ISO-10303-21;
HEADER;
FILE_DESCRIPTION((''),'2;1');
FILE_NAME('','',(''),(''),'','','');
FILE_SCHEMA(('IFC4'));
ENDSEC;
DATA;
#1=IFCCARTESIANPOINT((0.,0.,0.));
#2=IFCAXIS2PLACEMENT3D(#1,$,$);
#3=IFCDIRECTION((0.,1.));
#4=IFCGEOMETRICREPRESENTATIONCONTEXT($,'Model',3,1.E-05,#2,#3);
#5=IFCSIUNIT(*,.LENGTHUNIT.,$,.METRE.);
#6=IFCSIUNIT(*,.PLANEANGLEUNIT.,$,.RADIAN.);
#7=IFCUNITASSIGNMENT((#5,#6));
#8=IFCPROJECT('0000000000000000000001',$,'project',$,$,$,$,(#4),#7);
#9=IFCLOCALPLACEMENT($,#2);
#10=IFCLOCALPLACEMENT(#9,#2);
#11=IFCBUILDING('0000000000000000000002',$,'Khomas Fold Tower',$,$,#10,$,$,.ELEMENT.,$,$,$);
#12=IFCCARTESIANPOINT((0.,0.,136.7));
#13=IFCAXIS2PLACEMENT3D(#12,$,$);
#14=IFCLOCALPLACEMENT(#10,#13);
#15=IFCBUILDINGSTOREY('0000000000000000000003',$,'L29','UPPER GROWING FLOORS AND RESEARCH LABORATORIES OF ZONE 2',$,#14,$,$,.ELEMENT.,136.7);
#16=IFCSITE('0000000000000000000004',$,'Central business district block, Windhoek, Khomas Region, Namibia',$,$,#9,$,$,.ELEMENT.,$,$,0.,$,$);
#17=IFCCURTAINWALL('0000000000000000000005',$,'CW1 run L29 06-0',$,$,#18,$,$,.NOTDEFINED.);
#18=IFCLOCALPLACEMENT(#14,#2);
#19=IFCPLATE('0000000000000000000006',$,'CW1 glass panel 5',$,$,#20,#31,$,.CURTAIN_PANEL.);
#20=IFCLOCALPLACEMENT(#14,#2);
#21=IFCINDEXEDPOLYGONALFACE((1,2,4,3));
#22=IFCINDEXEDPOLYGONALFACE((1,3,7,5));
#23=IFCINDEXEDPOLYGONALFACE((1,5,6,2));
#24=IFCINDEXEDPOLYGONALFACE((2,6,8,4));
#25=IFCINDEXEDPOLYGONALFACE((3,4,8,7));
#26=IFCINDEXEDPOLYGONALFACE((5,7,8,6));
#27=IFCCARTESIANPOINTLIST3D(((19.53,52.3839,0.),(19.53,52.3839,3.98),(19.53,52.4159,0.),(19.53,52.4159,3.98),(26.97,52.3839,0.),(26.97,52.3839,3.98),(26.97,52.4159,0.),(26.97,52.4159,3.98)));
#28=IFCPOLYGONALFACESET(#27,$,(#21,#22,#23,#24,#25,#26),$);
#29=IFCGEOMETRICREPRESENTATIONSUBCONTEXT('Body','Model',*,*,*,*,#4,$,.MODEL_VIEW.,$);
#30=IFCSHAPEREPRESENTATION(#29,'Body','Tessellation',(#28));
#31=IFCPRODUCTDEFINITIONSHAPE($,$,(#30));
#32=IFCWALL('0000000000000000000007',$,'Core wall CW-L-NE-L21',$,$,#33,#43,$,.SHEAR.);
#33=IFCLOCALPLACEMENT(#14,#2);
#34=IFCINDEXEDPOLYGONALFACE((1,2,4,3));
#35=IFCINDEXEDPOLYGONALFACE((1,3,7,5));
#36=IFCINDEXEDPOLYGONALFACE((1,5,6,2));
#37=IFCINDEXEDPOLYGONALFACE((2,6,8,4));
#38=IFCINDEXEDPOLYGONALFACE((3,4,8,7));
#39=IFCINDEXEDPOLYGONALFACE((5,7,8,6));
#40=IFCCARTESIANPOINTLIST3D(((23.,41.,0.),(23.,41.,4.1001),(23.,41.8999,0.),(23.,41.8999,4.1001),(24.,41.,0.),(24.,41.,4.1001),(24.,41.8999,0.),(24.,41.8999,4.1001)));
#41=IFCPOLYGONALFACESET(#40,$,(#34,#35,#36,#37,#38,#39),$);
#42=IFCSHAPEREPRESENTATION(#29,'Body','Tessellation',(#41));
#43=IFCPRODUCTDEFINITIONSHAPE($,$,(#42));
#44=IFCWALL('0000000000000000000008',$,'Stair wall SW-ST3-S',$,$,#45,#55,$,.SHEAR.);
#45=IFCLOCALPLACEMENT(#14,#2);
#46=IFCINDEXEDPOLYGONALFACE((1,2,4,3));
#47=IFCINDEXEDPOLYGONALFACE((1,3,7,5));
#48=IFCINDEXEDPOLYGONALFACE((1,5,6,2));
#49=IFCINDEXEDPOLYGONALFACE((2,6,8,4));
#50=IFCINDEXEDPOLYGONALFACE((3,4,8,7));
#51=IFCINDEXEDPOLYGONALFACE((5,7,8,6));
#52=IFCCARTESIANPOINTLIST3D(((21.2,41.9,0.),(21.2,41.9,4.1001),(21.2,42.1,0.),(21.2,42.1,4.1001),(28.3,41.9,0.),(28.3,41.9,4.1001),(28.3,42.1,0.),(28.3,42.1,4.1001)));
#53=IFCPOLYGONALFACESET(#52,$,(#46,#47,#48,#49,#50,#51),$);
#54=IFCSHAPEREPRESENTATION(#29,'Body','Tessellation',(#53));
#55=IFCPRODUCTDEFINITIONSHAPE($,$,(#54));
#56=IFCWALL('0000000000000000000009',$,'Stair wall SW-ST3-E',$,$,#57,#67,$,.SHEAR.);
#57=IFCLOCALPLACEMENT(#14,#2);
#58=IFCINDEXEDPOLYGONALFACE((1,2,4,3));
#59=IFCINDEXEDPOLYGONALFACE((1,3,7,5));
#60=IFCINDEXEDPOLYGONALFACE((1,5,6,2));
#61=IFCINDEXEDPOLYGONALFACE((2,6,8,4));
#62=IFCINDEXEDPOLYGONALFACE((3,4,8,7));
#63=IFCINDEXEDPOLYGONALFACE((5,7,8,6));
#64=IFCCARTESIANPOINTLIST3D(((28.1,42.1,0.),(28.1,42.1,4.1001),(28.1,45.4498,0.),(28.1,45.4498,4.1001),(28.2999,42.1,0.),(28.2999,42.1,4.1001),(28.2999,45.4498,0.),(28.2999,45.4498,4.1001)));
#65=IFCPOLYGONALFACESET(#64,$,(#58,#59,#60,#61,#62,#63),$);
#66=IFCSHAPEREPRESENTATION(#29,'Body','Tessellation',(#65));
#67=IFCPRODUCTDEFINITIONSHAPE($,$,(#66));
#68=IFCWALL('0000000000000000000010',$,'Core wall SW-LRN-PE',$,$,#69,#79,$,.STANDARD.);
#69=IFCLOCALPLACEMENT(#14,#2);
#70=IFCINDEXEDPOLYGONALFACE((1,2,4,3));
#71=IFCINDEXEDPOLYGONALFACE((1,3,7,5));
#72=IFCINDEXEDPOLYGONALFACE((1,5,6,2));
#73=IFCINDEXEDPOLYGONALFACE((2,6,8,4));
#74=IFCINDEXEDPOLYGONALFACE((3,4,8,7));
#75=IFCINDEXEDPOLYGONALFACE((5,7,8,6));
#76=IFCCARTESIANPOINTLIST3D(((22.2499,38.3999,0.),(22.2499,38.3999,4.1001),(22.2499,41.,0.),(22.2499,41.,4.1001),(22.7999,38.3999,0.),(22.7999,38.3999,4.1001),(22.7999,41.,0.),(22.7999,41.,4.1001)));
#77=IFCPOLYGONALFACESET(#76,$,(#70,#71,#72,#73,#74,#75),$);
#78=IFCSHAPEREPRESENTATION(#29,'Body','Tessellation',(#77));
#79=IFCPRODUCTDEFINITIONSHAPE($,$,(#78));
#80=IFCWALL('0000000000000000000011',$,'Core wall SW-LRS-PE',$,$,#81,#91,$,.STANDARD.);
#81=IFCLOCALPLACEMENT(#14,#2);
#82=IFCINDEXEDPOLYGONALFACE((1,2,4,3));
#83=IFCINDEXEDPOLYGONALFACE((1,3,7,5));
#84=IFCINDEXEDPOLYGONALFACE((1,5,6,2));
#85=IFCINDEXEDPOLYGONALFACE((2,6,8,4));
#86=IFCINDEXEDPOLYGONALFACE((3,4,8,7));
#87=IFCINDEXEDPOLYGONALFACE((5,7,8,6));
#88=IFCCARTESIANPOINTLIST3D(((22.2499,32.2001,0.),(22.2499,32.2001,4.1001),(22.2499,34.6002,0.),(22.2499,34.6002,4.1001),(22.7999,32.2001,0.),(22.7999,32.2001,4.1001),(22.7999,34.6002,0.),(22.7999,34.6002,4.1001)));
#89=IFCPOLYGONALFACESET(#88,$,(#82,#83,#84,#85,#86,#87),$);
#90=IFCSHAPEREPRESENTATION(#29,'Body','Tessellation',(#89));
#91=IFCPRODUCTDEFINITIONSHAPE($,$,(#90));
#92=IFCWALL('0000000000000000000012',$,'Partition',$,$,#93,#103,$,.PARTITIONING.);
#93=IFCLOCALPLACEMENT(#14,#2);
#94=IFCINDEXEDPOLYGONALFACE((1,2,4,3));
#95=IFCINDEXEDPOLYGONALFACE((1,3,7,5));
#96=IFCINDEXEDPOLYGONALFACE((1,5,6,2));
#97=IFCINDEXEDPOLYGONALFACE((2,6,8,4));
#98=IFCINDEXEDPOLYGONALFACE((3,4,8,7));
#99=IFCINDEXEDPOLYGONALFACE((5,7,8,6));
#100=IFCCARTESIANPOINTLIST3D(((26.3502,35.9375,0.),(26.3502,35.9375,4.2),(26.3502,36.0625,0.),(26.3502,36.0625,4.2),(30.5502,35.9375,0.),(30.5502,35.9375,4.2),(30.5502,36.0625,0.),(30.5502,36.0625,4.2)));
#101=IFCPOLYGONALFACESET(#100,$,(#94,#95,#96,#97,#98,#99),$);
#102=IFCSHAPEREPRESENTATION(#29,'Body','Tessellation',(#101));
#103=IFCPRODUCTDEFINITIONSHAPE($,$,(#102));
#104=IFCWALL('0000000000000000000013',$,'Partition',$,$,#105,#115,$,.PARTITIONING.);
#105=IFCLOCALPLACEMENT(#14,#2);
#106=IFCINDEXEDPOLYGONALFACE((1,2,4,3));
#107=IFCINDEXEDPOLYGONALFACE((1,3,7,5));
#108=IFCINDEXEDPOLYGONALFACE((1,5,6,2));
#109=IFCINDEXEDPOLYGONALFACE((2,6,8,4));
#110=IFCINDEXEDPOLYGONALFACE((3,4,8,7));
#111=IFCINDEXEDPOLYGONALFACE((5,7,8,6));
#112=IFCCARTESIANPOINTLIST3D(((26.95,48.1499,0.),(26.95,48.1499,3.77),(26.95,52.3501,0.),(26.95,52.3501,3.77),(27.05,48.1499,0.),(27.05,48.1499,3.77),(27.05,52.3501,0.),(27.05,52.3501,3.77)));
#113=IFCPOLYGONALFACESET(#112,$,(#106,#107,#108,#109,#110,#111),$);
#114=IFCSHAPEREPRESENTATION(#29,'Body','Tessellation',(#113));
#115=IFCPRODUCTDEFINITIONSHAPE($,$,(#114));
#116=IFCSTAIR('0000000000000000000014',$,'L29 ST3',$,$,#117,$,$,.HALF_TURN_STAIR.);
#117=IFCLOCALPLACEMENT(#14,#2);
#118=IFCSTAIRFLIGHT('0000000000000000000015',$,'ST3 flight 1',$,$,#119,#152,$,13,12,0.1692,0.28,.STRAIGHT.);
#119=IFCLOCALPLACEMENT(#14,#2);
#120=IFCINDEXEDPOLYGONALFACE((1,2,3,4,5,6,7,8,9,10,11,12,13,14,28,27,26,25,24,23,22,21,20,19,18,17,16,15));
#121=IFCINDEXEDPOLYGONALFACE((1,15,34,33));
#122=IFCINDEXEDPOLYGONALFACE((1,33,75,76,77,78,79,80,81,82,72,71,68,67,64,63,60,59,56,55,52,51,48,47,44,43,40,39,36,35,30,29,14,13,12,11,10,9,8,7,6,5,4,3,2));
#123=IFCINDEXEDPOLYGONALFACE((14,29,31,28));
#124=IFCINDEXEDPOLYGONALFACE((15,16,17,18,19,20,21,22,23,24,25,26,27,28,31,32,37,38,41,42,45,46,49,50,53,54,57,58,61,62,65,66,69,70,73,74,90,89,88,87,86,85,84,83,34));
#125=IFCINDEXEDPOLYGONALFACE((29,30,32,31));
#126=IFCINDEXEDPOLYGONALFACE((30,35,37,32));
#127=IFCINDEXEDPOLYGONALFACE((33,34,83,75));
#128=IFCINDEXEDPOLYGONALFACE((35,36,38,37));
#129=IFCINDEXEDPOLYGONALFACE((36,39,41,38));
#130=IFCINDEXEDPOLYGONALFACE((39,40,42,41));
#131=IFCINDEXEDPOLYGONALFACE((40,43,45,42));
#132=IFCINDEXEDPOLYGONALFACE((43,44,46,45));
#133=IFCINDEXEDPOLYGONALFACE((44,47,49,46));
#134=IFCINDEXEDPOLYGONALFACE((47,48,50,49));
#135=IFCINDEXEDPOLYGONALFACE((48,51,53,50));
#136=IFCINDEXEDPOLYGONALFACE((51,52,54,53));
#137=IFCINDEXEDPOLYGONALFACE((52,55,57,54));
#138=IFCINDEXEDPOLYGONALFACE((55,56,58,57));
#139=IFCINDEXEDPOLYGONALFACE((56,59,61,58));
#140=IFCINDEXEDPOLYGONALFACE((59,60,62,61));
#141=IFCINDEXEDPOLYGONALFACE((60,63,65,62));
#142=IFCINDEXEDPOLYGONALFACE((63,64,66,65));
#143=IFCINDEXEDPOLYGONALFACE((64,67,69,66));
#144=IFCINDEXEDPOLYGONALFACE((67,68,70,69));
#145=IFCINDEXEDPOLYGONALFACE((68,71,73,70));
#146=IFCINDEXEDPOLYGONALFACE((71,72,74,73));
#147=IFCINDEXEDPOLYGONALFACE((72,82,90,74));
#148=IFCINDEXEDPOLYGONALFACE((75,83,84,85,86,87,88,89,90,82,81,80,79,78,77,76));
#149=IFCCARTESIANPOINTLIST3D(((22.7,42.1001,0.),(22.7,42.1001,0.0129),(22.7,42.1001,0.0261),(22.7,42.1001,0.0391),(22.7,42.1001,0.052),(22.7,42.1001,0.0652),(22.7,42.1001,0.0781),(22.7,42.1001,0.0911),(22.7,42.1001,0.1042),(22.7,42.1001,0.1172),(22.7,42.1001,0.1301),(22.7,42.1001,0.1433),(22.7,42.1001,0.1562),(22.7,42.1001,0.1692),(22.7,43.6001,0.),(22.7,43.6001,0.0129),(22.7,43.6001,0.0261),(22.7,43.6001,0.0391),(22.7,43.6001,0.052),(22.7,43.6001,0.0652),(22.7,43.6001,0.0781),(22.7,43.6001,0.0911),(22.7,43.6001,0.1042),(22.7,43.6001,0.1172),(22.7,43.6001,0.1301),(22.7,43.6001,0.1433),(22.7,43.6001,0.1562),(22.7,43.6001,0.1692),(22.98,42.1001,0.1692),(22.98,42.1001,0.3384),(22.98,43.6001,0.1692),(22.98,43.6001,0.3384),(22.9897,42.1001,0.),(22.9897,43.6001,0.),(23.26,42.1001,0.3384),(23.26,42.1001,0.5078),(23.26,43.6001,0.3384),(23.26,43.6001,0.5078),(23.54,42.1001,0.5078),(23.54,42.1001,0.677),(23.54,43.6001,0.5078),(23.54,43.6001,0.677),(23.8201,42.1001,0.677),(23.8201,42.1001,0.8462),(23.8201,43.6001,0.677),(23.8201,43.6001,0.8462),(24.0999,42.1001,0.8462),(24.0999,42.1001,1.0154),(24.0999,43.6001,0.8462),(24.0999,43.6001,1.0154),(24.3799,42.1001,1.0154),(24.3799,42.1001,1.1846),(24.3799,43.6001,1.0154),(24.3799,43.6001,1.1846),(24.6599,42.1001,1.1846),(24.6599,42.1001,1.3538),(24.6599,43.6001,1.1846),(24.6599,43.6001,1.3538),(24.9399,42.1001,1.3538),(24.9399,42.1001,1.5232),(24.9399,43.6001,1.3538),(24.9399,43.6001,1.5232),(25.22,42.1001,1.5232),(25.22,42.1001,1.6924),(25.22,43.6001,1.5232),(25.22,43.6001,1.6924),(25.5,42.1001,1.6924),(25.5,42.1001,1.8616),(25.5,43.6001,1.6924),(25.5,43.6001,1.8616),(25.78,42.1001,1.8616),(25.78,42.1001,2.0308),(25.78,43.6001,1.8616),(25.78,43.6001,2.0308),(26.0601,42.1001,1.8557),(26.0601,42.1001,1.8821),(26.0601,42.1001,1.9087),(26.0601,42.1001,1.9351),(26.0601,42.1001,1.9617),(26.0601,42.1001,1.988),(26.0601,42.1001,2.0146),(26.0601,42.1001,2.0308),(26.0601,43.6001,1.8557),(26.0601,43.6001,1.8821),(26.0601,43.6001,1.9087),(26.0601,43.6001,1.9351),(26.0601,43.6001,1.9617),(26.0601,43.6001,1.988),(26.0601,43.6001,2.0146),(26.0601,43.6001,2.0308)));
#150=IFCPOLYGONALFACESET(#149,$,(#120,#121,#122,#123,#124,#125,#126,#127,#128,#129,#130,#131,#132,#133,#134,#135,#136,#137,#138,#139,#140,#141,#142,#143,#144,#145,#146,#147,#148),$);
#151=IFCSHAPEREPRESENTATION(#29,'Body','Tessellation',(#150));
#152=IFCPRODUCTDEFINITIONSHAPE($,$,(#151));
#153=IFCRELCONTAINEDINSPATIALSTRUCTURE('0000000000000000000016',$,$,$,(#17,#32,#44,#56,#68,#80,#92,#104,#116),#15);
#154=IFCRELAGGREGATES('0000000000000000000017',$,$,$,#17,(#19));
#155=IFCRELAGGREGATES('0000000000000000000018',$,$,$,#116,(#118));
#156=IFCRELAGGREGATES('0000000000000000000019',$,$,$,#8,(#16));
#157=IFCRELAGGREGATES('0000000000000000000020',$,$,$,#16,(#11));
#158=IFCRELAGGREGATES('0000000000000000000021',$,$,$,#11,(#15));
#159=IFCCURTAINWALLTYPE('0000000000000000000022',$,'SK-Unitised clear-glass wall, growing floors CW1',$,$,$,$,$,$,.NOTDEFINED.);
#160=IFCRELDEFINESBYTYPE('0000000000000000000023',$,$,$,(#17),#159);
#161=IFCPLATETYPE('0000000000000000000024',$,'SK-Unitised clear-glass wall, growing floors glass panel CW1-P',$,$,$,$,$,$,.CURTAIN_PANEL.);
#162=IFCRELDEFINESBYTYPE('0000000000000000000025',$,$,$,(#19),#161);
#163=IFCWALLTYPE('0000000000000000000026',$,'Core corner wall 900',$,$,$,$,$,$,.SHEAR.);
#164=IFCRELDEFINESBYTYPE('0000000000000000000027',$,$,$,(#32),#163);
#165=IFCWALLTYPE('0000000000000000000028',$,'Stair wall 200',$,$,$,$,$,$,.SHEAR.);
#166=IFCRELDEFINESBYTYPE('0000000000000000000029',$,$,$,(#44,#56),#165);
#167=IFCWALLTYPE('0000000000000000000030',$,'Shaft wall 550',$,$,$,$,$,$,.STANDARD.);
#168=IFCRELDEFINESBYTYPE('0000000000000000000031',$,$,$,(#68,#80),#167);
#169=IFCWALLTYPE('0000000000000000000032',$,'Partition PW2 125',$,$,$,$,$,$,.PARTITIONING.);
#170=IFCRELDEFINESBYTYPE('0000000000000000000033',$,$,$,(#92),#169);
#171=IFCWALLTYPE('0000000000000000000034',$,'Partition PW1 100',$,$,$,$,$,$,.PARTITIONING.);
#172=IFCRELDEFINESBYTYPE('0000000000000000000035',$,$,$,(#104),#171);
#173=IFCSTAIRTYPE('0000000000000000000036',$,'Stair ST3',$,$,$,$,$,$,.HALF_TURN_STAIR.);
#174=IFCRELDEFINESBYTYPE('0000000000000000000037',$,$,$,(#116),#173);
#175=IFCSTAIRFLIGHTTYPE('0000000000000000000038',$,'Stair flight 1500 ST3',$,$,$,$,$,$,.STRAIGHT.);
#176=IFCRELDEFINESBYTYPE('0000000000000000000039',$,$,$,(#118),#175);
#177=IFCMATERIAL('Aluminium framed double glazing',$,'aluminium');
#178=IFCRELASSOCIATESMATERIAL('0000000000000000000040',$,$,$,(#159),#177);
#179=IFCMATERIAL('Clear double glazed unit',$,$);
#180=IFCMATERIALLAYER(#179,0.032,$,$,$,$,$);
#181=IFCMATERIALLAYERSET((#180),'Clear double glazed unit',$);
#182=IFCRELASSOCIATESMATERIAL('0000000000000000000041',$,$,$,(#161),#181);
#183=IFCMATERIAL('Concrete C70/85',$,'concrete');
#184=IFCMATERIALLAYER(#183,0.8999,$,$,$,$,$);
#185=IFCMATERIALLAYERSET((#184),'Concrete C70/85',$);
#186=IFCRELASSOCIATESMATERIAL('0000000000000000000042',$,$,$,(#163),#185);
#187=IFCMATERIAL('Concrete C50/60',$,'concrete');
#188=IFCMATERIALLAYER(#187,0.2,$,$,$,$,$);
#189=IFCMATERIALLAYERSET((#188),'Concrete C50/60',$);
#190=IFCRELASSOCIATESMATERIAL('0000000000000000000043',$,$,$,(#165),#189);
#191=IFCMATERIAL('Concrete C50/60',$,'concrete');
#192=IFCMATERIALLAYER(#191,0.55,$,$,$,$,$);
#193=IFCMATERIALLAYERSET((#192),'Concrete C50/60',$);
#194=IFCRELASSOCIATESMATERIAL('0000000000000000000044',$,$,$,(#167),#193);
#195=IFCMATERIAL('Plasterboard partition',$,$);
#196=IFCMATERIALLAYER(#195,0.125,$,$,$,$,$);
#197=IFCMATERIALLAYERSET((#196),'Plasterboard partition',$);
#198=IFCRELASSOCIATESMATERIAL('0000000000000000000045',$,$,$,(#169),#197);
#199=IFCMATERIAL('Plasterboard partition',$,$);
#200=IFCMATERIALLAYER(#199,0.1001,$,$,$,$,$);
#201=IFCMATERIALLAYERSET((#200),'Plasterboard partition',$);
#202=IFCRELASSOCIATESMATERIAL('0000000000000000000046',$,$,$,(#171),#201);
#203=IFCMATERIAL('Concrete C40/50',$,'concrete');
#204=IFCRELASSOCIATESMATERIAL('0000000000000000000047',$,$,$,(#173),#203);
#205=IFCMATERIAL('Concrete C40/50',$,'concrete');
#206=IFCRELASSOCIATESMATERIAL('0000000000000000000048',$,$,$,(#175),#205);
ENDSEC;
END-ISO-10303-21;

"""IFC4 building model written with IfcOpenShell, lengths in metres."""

from ifc_helpers import new_model, si_unit, direction, frame, frame_2d, origin, origin_2d, place, context, subcontext, project, spatial, polyline, rectangle, outline, extrude, source, transform, mapped, material, layer, layer_set, type_object, element, aggregate, save


model = new_model("IFC4")

# Units and contexts
model_context = context("Model", 3, precision=1e-05, world=origin(), true_north=direction((0.0, 1.0)))
body_context = subcontext(model_context, "Body", "Model", "MODEL_VIEW")
ifc_project = project(units=[si_unit("LENGTHUNIT", "METRE"), si_unit("PLANEANGLEUNIT", "RADIAN")], contexts=[model_context])

# Site, building, storey
site_placement = place(None, origin())
site = spatial("IfcSite", under=ifc_project, at=site_placement, Name="Central business district block, Windhoek, Khomas Region, Namibia", CompositionType="ELEMENT", RefElevation=0.0)
building_placement = place(site_placement, origin())
building = spatial("IfcBuilding", under=site, at=building_placement, Name="Khomas Fold Tower", CompositionType="ELEMENT")
storey_placement = place(building_placement, frame((0.0, 0.0, 136.7)))
storey = spatial("IfcBuildingStorey", under=building, at=storey_placement, Name="L29", Description="UPPER GROWING FLOORS AND RESEARCH LABORATORIES OF ZONE 2", CompositionType="ELEMENT", Elevation=136.7)

# Curtain wall, plate
ifc_material_1 = material(Name="Aluminium framed double glazing", Category="aluminium")
curtain_wall_type = type_object("IfcCurtainWallType", Name="SK-Unitised clear-glass wall, growing floors CW1", PredefinedType="NOTDEFINED", material=ifc_material_1)
curtain_wall_placement = place(storey_placement, origin())
curtain_wall = element("IfcCurtainWall", 1, at=curtain_wall_placement, inside=storey, type_object=curtain_wall_type, Name="CW1 run L29 06-0", PredefinedType="NOTDEFINED")
ifc_material_2 = material(Name="Clear double glazed unit")
ifc_layer_1 = layer(ifc_material_2, 0.032)
ifc_layer_set_1 = layer_set([ifc_layer_1], Name="Clear double glazed unit")
plate_type = type_object("IfcPlateType", Name="SK-Unitised clear-glass wall, growing floors glass panel CW1-P", PredefinedType="CURTAIN_PANEL", material=ifc_layer_set_1)
shared_shape_1 = source(origin(), body_context, "Body", "SweptSolid", [
    extrude(rectangle(XDim=7.4399, YDim=0.032, at=origin_2d()), origin(), (0.0, 0.0, 1.0), 3.98),
])
plate_placement = place(storey_placement, frame((23.25, 52.3999, 0.0), z_axis=(0.0, 0.0, 1.0), x_axis=(-1.0, 0.0, 0.0)))
plate = element("IfcPlate", 2, at=plate_placement, type_object=plate_type, Name="CW1 glass panel 5", PredefinedType="CURTAIN_PANEL", context=body_context, shape_type="MappedRepresentation", body=[
    mapped(shared_shape_1, transform((0.0, 0.0, 0.0))),
])
aggregate(curtain_wall, [plate])

# Walls
ifc_material_3 = material(Name="Concrete C70/85", Category="concrete")
ifc_layer_2 = layer(ifc_material_3, 0.8999)
ifc_layer_set_2 = layer_set([ifc_layer_2], Name="Concrete C70/85")
wall_type_1 = type_object("IfcWallType", Name="Core corner wall 900", PredefinedType="SHEAR", material=ifc_layer_set_2)
shared_shape_2 = source(origin(), body_context, "Body", "SweptSolid", [
    extrude(rectangle(XDim=1.0, YDim=0.8999, at=frame_2d((0.5, 0.0))), origin(), (0.0, 0.0, 1.0), 4.1001),
])
wall_1_placement = place(storey_placement, frame((23.0, 41.45, 0.0), z_axis=(0.0, 0.0, 1.0), x_axis=(1.0, 0.0, 0.0)))
element("IfcWall", 3, at=wall_1_placement, inside=storey, type_object=wall_type_1, Name="Core wall CW-L-NE-L21", PredefinedType="SHEAR", context=body_context, shape_type="MappedRepresentation", body=[
    mapped(shared_shape_2, transform((0.0, 0.0, 0.0))),
])
ifc_material_4 = material(Name="Concrete C50/60", Category="concrete")
ifc_layer_3 = layer(ifc_material_4, 0.2)
ifc_layer_set_3 = layer_set([ifc_layer_3], Name="Concrete C50/60")
wall_type_2 = type_object("IfcWallType", Name="Stair wall 200", PredefinedType="SHEAR", material=ifc_layer_set_3)
shared_shape_3 = source(origin(), body_context, "Body", "SweptSolid", [
    extrude(rectangle(XDim=7.1001, YDim=0.2, at=frame_2d((3.55, 0.0))), origin(), (0.0, 0.0, 1.0), 4.1001),
])
wall_2_placement = place(storey_placement, frame((21.2, 42.0, 0.0), z_axis=(0.0, 0.0, 1.0), x_axis=(1.0, 0.0, 0.0)))
element("IfcWall", 4, at=wall_2_placement, inside=storey, type_object=wall_type_2, Name="Stair wall SW-ST3-S", PredefinedType="SHEAR", context=body_context, shape_type="MappedRepresentation", body=[
    mapped(shared_shape_3, transform((0.0, 0.0, 0.0))),
])
shared_shape_4 = source(origin(), body_context, "Body", "SweptSolid", [
    extrude(rectangle(XDim=3.3499, YDim=0.2, at=frame_2d((1.6748, 0.0))), origin(), (0.0, 0.0, 1.0), 4.1001),
])
wall_3_placement = place(storey_placement, frame((28.2, 42.1001, 0.0), z_axis=(0.0, 0.0, 1.0), x_axis=(0.0, 1.0, 0.0)))
element("IfcWall", 5, at=wall_3_placement, inside=storey, type_object=wall_type_2, Name="Stair wall SW-ST3-E", PredefinedType="SHEAR", context=body_context, shape_type="MappedRepresentation", body=[
    mapped(shared_shape_4, transform((0.0, 0.0, 0.0))),
])
ifc_material_5 = material(Name="Concrete C50/60", Category="concrete")
ifc_layer_4 = layer(ifc_material_5, 0.55)
ifc_layer_set_4 = layer_set([ifc_layer_4], Name="Concrete C50/60")
wall_type_3 = type_object("IfcWallType", Name="Shaft wall 550", PredefinedType="STANDARD", material=ifc_layer_set_4)
shared_shape_5 = source(origin(), body_context, "Body", "SweptSolid", [
    extrude(rectangle(XDim=2.6001, YDim=0.55, at=frame_2d((1.3, 0.0))), origin(), (0.0, 0.0, 1.0), 4.1001),
])
wall_4_placement = place(storey_placement, frame((22.5249, 38.3999, 0.0), z_axis=(0.0, 0.0, 1.0), x_axis=(0.0, 1.0, 0.0)))
element("IfcWall", 6, at=wall_4_placement, inside=storey, type_object=wall_type_3, Name="Core wall SW-LRN-PE", PredefinedType="STANDARD", context=body_context, shape_type="MappedRepresentation", body=[
    mapped(shared_shape_5, transform((0.0, 0.0, 0.0))),
])
shared_shape_6 = source(origin(), body_context, "Body", "SweptSolid", [
    extrude(rectangle(XDim=2.4001, YDim=0.55, at=frame_2d((1.2002, 0.0))), origin(), (0.0, 0.0, 1.0), 4.1001),
])
wall_5_placement = place(storey_placement, frame((22.5249, 32.2, 0.0), z_axis=(0.0, 0.0, 1.0), x_axis=(0.0, 1.0, 0.0)))
element("IfcWall", 7, at=wall_5_placement, inside=storey, type_object=wall_type_3, Name="Core wall SW-LRS-PE", PredefinedType="STANDARD", context=body_context, shape_type="MappedRepresentation", body=[
    mapped(shared_shape_6, transform((0.0, 0.0, 0.0))),
])
ifc_material_6 = material(Name="Plasterboard partition")
ifc_layer_5 = layer(ifc_material_6, 0.125)
ifc_layer_set_5 = layer_set([ifc_layer_5], Name="Plasterboard partition")
wall_type_4 = type_object("IfcWallType", Name="Partition PW2 125", PredefinedType="PARTITIONING", material=ifc_layer_set_5)
shared_shape_7 = source(origin(), body_context, "Body", "SweptSolid", [
    extrude(rectangle(XDim=4.2, YDim=0.125, at=frame_2d((2.1001, 0.0))), origin(), (0.0, 0.0, 1.0), 4.2),
])
wall_6_placement = place(storey_placement, frame((26.3501, 36.0, 0.0), z_axis=(0.0, 0.0, 1.0), x_axis=(1.0, 0.0, 0.0)))
element("IfcWall", 8, at=wall_6_placement, inside=storey, type_object=wall_type_4, Name="Partition", PredefinedType="PARTITIONING", context=body_context, shape_type="MappedRepresentation", body=[
    mapped(shared_shape_7, transform((0.0, 0.0, 0.0))),
])
ifc_material_7 = material(Name="Plasterboard partition")
ifc_layer_6 = layer(ifc_material_7, 0.1001)
ifc_layer_set_6 = layer_set([ifc_layer_6], Name="Plasterboard partition")
wall_type_5 = type_object("IfcWallType", Name="Partition PW1 100", PredefinedType="PARTITIONING", material=ifc_layer_set_6)
shared_shape_8 = source(origin(), body_context, "Body", "SweptSolid", [
    extrude(rectangle(XDim=4.2002, YDim=0.1001, at=frame_2d((2.1001, 0.0))), origin(), (0.0, 0.0, 1.0), 3.77),
])
wall_7_placement = place(storey_placement, frame((27.0, 48.1499, 0.0), z_axis=(0.0, 0.0, 1.0), x_axis=(0.0, 1.0, 0.0)))
element("IfcWall", 9, at=wall_7_placement, inside=storey, type_object=wall_type_5, Name="Partition", PredefinedType="PARTITIONING", context=body_context, shape_type="MappedRepresentation", body=[
    mapped(shared_shape_8, transform((0.0, 0.0, 0.0))),
])

# Stair, stair flight
ifc_material_8 = material(Name="Concrete C40/50", Category="concrete")
stair_type = type_object("IfcStairType", Name="Stair ST3", PredefinedType="HALF_TURN_STAIR", material=ifc_material_8)
stair_placement = place(storey_placement, origin())
stair = element("IfcStair", 10, at=stair_placement, inside=storey, type_object=stair_type, Name="L29 ST3", PredefinedType="HALF_TURN_STAIR")
ifc_material_9 = material(Name="Concrete C40/50", Category="concrete")
stair_flight_type = type_object("IfcStairFlightType", Name="Stair flight 1500 ST3", PredefinedType="STRAIGHT", material=ifc_material_9)
shared_shape_9 = source(origin(), body_context, "Body", "SweptSolid", [
    extrude(outline(polyline([(0.0, 0.0), (0.0, 0.0129), (0.0, 0.0261), (0.0, 0.0391), (0.0, 0.052), (0.0, 0.0652), (0.0, 0.0781), (0.0, 0.0911), (0.0, 0.1042), (0.0, 0.1172), (0.0, 0.1301), (0.0, 0.1433), (0.0, 0.1562), (0.0, 0.1692), (0.28, 0.1692), (0.28, 0.3384), (0.5601, 0.3384), (0.5601, 0.5078), (0.8401, 0.5078), (0.8401, 0.677), (1.1201, 0.677), (1.1201, 0.8462), (1.3999, 0.8462), (1.3999, 1.0154), (1.6799, 1.0154), (1.6799, 1.1846), (1.96, 1.1846), (1.96, 1.3538), (2.24, 1.3538), (2.24, 1.5232), (2.52, 1.5232), (2.52, 1.6924), (2.8, 1.6924), (2.8, 1.8616), (3.0801, 1.8616), (3.0801, 2.0308), (3.3601, 2.0308), (3.3601, 2.2), (3.3601, 2.1736), (3.3601, 2.147), (3.3601, 2.1206), (3.3601, 2.094), (3.3601, 2.0676), (3.3601, 2.041), (3.3601, 2.0146), (3.3601, 1.988), (3.3601, 1.9617), (3.3601, 1.9351), (3.3601, 1.9087), (3.3601, 1.8821), (3.3601, 1.8557), (0.2898, 0.0), (0.0, 0.0)])), frame((0.0, 0.75, 0.0), z_axis=(0.0, -1.0, 0.0), x_axis=(1.0, 0.0, 0.0)), (0.0, 0.0, 1.0), 1.5),
])
stair_flight_1_placement = place(storey_placement, frame((22.7, 42.8501, 0.0), z_axis=(0.0, 0.0, 1.0), x_axis=(1.0, 0.0, 0.0)))
stair_flight_1 = element("IfcStairFlight", 11, at=stair_flight_1_placement, type_object=stair_flight_type, Name="ST3 flight 1", NumberOfRisers=13, NumberOfTreads=12, PredefinedType="STRAIGHT", RiserHeight=0.1692, TreadLength=0.28, context=body_context, shape_type="MappedRepresentation", body=[
    mapped(shared_shape_9, transform((0.0, 0.0, 0.0))),
])
aggregate(stair, [stair_flight_1])

save(model, "model.ifc")
